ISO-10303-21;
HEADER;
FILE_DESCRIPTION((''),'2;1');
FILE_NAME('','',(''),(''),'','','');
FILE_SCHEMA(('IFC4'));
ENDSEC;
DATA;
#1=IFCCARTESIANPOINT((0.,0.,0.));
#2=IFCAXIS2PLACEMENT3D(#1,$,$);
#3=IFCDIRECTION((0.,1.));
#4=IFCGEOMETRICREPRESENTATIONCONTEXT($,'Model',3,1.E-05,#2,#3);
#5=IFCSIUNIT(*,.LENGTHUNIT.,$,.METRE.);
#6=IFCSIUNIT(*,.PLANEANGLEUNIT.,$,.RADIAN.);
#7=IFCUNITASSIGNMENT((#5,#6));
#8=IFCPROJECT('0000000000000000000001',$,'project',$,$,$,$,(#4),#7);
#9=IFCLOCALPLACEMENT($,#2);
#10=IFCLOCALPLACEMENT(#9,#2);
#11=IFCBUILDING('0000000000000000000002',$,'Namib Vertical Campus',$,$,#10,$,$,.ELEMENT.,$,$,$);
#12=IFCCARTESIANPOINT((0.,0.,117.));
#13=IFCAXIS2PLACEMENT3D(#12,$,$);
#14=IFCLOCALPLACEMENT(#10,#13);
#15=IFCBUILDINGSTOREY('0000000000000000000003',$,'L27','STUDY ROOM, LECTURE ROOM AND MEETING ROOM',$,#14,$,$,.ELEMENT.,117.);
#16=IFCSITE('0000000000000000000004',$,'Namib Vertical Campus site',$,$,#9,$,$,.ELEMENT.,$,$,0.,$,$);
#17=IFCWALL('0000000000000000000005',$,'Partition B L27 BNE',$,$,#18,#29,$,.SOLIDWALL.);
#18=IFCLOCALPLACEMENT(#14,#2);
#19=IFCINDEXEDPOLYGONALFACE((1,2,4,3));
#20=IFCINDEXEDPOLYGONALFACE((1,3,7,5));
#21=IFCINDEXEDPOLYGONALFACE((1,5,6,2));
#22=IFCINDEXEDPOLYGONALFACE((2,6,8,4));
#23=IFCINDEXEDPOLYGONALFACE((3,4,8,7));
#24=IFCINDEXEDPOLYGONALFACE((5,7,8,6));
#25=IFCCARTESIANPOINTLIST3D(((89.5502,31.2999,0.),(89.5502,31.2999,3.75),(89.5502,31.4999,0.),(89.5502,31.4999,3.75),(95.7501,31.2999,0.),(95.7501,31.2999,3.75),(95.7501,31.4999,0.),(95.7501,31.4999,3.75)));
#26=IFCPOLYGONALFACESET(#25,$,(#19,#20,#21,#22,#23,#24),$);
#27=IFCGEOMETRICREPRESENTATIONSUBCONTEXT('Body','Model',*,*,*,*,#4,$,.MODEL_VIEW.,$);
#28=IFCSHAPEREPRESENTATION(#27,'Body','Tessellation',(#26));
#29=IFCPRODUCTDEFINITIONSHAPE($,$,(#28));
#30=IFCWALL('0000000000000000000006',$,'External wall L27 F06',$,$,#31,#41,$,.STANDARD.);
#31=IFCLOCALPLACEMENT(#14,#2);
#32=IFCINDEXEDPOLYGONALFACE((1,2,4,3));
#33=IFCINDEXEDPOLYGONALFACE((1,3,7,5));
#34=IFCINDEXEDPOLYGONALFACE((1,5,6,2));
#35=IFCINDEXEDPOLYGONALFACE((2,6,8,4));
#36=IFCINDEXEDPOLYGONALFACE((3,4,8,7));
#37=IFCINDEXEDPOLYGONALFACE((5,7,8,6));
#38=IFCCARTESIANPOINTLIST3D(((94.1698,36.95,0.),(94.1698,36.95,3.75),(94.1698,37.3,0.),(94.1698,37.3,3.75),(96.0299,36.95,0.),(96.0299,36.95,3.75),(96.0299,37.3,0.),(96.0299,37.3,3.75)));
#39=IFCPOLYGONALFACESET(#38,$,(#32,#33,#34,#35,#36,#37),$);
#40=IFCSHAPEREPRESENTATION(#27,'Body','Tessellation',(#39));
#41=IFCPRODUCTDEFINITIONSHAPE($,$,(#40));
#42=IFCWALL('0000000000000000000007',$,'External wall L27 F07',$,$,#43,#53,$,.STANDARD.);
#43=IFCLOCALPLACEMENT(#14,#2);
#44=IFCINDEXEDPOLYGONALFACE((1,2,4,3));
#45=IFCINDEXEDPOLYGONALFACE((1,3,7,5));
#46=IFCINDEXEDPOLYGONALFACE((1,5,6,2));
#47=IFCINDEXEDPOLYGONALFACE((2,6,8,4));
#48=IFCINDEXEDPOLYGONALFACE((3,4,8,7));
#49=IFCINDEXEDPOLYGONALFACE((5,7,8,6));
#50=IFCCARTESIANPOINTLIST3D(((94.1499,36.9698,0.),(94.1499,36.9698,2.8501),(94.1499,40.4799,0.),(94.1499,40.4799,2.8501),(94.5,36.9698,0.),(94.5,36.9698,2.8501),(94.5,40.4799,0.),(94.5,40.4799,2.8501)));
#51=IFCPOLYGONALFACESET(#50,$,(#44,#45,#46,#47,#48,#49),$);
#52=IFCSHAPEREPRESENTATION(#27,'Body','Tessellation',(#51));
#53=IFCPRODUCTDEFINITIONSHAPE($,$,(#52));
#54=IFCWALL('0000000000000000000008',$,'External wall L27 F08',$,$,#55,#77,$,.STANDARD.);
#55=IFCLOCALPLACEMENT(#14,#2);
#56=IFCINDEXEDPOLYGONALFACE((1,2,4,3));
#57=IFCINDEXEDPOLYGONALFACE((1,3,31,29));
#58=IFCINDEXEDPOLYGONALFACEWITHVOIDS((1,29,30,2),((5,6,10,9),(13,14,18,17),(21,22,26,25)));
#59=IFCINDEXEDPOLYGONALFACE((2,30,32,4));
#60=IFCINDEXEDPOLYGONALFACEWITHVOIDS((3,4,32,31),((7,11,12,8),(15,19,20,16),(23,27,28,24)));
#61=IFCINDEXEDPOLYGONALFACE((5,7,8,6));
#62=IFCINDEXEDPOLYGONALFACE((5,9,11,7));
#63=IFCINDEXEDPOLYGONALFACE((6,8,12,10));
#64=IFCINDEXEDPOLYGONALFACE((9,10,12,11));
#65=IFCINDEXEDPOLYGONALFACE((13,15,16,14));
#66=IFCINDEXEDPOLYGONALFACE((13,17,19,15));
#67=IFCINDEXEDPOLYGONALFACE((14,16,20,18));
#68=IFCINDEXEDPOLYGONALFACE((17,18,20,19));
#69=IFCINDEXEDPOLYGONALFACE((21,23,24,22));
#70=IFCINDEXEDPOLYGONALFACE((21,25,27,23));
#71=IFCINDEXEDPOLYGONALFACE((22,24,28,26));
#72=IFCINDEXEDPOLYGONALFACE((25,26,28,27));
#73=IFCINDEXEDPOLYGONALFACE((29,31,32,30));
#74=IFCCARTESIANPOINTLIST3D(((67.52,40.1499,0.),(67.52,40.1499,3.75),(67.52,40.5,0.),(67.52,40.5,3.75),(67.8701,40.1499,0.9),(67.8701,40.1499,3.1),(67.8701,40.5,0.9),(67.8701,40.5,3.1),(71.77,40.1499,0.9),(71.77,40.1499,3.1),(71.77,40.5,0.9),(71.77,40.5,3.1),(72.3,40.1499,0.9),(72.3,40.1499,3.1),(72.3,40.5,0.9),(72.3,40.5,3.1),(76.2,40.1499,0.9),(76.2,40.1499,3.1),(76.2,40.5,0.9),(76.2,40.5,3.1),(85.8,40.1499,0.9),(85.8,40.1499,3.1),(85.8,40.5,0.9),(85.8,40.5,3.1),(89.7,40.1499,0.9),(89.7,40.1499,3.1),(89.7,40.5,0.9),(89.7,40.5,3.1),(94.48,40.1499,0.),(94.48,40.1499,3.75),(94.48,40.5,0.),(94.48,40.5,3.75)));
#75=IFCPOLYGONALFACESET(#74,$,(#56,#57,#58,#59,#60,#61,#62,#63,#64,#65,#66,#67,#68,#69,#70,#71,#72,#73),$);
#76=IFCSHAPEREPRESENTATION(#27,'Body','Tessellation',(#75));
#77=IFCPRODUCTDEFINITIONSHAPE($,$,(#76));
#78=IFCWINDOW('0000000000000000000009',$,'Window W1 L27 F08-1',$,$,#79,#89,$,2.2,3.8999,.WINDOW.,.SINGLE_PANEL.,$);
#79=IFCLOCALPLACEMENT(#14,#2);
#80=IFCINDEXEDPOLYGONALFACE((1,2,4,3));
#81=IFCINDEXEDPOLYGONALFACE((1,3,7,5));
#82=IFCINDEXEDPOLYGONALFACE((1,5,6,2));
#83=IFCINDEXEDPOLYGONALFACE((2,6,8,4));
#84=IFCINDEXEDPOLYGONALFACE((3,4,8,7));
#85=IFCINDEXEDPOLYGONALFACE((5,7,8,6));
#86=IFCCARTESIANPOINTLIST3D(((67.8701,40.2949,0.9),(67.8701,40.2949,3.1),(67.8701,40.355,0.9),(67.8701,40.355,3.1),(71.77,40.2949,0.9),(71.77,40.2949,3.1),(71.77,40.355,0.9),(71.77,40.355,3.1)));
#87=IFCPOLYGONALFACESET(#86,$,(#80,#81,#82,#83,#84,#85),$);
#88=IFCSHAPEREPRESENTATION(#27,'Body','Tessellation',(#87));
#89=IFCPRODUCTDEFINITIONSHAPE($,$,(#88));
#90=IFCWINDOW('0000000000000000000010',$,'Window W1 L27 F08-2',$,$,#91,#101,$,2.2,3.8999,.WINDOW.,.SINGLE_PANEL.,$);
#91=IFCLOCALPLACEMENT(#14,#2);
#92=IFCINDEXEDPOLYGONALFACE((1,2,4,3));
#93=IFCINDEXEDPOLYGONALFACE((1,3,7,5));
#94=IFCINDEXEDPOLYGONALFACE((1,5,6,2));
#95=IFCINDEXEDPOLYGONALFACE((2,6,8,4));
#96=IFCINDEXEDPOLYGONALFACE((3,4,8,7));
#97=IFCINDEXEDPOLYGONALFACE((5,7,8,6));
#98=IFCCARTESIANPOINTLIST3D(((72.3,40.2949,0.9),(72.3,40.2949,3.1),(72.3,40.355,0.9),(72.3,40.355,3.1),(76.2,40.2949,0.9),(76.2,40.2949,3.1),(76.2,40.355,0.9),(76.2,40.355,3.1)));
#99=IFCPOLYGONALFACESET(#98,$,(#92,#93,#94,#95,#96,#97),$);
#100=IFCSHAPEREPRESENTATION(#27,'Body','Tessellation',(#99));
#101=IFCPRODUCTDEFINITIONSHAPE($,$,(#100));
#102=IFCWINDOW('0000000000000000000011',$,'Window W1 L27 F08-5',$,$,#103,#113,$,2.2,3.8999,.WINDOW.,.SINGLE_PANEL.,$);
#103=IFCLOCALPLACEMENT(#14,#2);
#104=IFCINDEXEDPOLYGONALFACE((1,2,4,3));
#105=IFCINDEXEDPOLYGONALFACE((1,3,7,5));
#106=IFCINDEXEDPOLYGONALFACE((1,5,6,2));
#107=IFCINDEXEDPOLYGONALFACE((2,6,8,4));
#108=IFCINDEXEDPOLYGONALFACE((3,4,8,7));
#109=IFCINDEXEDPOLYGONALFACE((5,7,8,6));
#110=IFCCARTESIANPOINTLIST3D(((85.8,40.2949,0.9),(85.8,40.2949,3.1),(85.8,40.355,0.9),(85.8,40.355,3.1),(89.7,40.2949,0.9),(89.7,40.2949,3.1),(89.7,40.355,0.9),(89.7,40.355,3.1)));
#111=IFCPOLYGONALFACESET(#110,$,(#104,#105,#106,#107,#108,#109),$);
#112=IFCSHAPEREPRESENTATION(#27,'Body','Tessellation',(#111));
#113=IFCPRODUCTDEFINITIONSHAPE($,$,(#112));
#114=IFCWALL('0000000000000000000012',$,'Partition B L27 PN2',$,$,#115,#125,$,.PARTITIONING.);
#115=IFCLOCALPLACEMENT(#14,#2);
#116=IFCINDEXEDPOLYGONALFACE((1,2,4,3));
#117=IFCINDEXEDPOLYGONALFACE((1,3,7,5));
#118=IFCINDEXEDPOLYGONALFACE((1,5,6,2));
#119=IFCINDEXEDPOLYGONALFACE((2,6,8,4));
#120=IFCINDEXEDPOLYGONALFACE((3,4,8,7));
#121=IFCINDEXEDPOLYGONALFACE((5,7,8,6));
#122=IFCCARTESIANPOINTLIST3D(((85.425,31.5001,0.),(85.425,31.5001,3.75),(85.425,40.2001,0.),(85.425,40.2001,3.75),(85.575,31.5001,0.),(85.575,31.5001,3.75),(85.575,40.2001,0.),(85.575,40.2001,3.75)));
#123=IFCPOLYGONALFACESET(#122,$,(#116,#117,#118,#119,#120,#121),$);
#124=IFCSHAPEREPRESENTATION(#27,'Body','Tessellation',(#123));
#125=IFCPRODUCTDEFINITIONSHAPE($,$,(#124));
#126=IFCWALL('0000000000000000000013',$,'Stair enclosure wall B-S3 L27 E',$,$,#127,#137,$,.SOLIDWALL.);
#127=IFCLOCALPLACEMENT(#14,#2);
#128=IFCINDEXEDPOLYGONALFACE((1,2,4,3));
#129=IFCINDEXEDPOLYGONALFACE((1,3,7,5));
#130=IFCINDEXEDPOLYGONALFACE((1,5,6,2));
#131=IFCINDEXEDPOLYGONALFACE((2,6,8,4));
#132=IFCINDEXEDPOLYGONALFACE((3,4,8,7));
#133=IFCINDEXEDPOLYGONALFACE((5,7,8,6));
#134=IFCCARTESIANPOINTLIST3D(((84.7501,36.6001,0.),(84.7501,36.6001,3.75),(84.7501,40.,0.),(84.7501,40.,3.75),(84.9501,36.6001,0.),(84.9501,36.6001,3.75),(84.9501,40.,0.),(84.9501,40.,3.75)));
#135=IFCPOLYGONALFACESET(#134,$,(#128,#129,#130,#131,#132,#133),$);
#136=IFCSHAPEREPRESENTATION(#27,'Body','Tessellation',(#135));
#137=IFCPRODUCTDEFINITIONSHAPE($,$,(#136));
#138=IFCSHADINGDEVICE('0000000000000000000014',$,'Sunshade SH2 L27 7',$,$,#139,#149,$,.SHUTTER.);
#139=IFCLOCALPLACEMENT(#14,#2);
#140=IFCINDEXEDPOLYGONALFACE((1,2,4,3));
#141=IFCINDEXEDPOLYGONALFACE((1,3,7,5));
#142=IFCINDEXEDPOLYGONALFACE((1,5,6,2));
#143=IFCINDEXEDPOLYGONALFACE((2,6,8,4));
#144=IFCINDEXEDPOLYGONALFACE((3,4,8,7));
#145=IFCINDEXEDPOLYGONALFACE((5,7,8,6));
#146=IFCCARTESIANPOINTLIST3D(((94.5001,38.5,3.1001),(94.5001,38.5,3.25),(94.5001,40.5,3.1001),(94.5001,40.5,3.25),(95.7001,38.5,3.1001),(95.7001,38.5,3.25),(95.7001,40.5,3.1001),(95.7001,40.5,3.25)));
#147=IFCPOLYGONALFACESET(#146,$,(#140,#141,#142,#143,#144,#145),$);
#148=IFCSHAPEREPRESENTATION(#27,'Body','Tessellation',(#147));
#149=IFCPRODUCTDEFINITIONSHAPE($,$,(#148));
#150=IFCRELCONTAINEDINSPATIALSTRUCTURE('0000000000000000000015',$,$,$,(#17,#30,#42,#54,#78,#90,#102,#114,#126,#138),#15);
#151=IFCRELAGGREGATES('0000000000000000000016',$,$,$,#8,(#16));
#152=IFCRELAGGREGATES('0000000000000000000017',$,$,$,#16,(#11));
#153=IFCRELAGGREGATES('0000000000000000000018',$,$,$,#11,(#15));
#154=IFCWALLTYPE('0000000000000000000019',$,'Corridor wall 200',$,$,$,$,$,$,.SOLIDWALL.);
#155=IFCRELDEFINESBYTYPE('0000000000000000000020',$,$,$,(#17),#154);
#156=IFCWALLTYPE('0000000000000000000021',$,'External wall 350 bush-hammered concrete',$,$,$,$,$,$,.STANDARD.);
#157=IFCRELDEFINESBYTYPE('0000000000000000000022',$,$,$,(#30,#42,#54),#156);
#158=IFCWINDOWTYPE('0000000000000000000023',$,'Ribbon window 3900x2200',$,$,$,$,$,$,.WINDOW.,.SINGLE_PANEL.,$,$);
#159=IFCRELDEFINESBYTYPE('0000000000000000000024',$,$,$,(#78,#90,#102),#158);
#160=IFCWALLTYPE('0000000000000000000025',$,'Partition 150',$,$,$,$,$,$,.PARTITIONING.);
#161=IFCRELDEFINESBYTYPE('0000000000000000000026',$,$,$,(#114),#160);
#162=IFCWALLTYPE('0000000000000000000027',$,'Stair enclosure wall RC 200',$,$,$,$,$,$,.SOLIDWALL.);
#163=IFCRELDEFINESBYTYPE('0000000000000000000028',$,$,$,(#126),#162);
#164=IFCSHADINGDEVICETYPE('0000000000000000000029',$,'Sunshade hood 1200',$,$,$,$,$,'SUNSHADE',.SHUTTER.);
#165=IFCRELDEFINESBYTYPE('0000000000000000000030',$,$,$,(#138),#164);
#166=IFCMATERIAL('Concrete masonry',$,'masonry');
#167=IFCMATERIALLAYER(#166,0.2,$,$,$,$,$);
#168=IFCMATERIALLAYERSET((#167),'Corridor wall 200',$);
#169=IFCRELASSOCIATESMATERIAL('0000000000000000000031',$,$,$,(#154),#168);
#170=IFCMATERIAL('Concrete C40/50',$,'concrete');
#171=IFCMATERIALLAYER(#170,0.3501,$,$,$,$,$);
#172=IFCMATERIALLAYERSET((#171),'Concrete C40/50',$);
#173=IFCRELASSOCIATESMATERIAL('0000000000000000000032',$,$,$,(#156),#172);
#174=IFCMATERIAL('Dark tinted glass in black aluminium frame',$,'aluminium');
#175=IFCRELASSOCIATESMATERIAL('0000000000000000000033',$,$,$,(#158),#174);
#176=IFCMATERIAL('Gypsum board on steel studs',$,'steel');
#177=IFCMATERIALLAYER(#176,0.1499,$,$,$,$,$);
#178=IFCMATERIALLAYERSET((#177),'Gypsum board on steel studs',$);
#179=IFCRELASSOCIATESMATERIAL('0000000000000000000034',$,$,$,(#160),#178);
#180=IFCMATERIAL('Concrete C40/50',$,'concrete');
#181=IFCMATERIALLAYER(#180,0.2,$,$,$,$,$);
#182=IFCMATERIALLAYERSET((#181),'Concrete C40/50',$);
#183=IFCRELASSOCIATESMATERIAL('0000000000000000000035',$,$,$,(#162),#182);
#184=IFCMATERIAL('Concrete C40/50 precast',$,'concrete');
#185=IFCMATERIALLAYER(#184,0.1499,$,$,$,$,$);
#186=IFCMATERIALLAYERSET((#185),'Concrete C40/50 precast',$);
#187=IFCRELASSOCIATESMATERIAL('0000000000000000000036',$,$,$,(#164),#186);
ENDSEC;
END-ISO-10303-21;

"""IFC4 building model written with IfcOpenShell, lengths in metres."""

from ifc_helpers import new_model, si_unit, direction, frame, frame_2d, origin, origin_2d, place, context, subcontext, project, spatial, rectangle, extrude, material, layer, layer_set, type_object, element, fill, save


model = new_model("IFC4")

# Units and contexts
model_context = context("Model", 3, precision=1e-05, world=origin(), true_north=direction((0.0, 1.0)))
body_context = subcontext(model_context, "Body", "Model", "MODEL_VIEW")
ifc_project = project(units=[si_unit("LENGTHUNIT", "METRE"), si_unit("PLANEANGLEUNIT", "RADIAN")], contexts=[model_context])

# Site, building, storey
site_placement = place(None, origin())
site = spatial("IfcSite", under=ifc_project, at=site_placement, Name="Namib Vertical Campus site", CompositionType="ELEMENT", RefElevation=0.0)
building_placement = place(site_placement, origin())
building = spatial("IfcBuilding", under=site, at=building_placement, Name="Namib Vertical Campus", CompositionType="ELEMENT")
storey_placement = place(building_placement, frame((0.0, 0.0, 117.0)))
storey = spatial("IfcBuildingStorey", under=building, at=storey_placement, Name="L27", Description="STUDY ROOM, LECTURE ROOM AND MEETING ROOM", CompositionType="ELEMENT", Elevation=117.0)

# Shared definitions
ifc_material_1 = material(Name="Concrete masonry", Category="masonry")
ifc_layer_1 = layer(ifc_material_1, 0.2)
ifc_layer_set_1 = layer_set([ifc_layer_1], Name="Corridor wall 200")
wall_type_1 = type_object("IfcWallType", Name="Corridor wall 200", PredefinedType="SOLIDWALL", material=ifc_layer_set_1)

# Walls
wall_1_placement = place(storey_placement, frame((89.55, 31.3999, 0.0), z_axis=(0.0, 0.0, 1.0), x_axis=(1.0, 0.0, 0.0)))
element("IfcWall", 1, at=wall_1_placement, inside=storey, type_object=wall_type_1, Name="Partition B L27 BNE", PredefinedType="SOLIDWALL", context=body_context, shape_type="SweptSolid", body=[
    extrude(rectangle(XDim=6.2, YDim=0.2, at=frame_2d((3.1001, 0.0))), origin(), (0.0, 0.0, 1.0), 3.75),
])
ifc_material_2 = material(Name="Concrete C40/50", Category="concrete")
ifc_layer_2 = layer(ifc_material_2, 0.3501)
ifc_layer_set_2 = layer_set([ifc_layer_2], Name="Concrete C40/50")
wall_type_2 = type_object("IfcWallType", Name="External wall 350 bush-hammered concrete", PredefinedType="STANDARD", material=ifc_layer_set_2)
wall_2_placement = place(storey_placement, frame((96.03, 37.125, 0.0), z_axis=(0.0, 0.0, 1.0), x_axis=(-1.0, 0.0, 0.0)))
element("IfcWall", 2, at=wall_2_placement, inside=storey, type_object=wall_type_2, Name="External wall L27 F06", PredefinedType="STANDARD", context=body_context, shape_type="SweptSolid", body=[
    extrude(rectangle(XDim=1.8601, YDim=0.3501, at=frame_2d((0.9302, 0.0))), origin(), (0.0, 0.0, 1.0), 3.75),
])
wall_3_placement = place(storey_placement, frame((94.325, 36.97, 0.0), z_axis=(0.0, 0.0, 1.0), x_axis=(0.0, 1.0, 0.0)))
element("IfcWall", 3, at=wall_3_placement, inside=storey, type_object=wall_type_2, Name="External wall L27 F07", PredefinedType="STANDARD", context=body_context, shape_type="SweptSolid", body=[
    extrude(rectangle(XDim=3.51, YDim=0.3501, at=frame_2d((1.7549, 0.0))), origin(), (0.0, 0.0, 1.0), 2.8501),
])

# Wall, openings, windows
wall_4_placement = place(storey_placement, frame((94.48, 40.325, 0.0), z_axis=(0.0, 0.0, 1.0), x_axis=(-1.0, 0.0, 0.0)))
wall_4 = element("IfcWall", 4, at=wall_4_placement, inside=storey, type_object=wall_type_2, Name="External wall L27 F08", PredefinedType="STANDARD", context=body_context, shape_type="SweptSolid", body=[
    extrude(rectangle(XDim=26.96, YDim=0.3501, at=frame_2d((13.48, 0.0))), origin(), (0.0, 0.0, 1.0), 3.75),
])
opening_1_placement = place(wall_4_placement, frame((22.71, 0.0, 0.8999)))
opening_1 = element("IfcOpeningElement", 5, at=opening_1_placement, cuts=wall_4, PredefinedType="OPENING", context=body_context, shape_type="SweptSolid", body=[
    extrude(rectangle(XDim=3.8999, YDim=2.2, at=frame_2d((1.95, 1.1001))), frame((0.0, 0.1851, 0.0), z_axis=(0.0, -1.0, 0.0), x_axis=(1.0, 0.0, 0.0)), (0.0, 0.0, 1.0), 0.3701),
])
opening_2_placement = place(wall_4_placement, frame((18.28, 0.0, 0.8999)))
opening_2 = element("IfcOpeningElement", 6, at=opening_2_placement, cuts=wall_4, PredefinedType="OPENING", context=body_context, shape_type="SweptSolid", body=[
    extrude(rectangle(XDim=3.8999, YDim=2.2, at=frame_2d((1.95, 1.1001))), frame((0.0, 0.1851, 0.0), z_axis=(0.0, -1.0, 0.0), x_axis=(1.0, 0.0, 0.0)), (0.0, 0.0, 1.0), 0.3701),
])
opening_3_placement = place(wall_4_placement, frame((4.78, 0.0, 0.8999)))
opening_3 = element("IfcOpeningElement", 7, at=opening_3_placement, cuts=wall_4, PredefinedType="OPENING", context=body_context, shape_type="SweptSolid", body=[
    extrude(rectangle(XDim=3.8999, YDim=2.2, at=frame_2d((1.95, 1.1001))), frame((0.0, 0.1851, 0.0), z_axis=(0.0, -1.0, 0.0), x_axis=(1.0, 0.0, 0.0)), (0.0, 0.0, 1.0), 0.3701),
])
ifc_material_3 = material(Name="Dark tinted glass in black aluminium frame", Category="aluminium")
window_type = type_object("IfcWindowType", Name="Ribbon window 3900x2200", PartitioningType="SINGLE_PANEL", PredefinedType="WINDOW", material=ifc_material_3)
window_1_placement = place(opening_1_placement, origin())
window_1 = element("IfcWindow", 8, at=window_1_placement, inside=storey, type_object=window_type, Name="Window W1 L27 F08-1", OverallHeight=2.2, OverallWidth=3.8999, PartitioningType="SINGLE_PANEL", PredefinedType="WINDOW", context=body_context, shape_type="SweptSolid", body=[
    extrude(rectangle(XDim=3.8999, YDim=2.2, at=frame_2d((1.95, 1.1001))), frame((0.0, 0.03, 0.0), z_axis=(0.0, -1.0, 0.0), x_axis=(1.0, 0.0, 0.0)), (0.0, 0.0, 1.0), 0.0601),
])
fill(opening_1, window_1)
window_2_placement = place(opening_2_placement, origin())
window_2 = element("IfcWindow", 9, at=window_2_placement, inside=storey, type_object=window_type, Name="Window W1 L27 F08-2", OverallHeight=2.2, OverallWidth=3.8999, PartitioningType="SINGLE_PANEL", PredefinedType="WINDOW", context=body_context, shape_type="SweptSolid", body=[
    extrude(rectangle(XDim=3.8999, YDim=2.2, at=frame_2d((1.95, 1.1001))), frame((0.0, 0.03, 0.0), z_axis=(0.0, -1.0, 0.0), x_axis=(1.0, 0.0, 0.0)), (0.0, 0.0, 1.0), 0.0601),
])
fill(opening_2, window_2)
window_3_placement = place(opening_3_placement, origin())
window_3 = element("IfcWindow", 10, at=window_3_placement, inside=storey, type_object=window_type, Name="Window W1 L27 F08-5", OverallHeight=2.2, OverallWidth=3.8999, PartitioningType="SINGLE_PANEL", PredefinedType="WINDOW", context=body_context, shape_type="SweptSolid", body=[
    extrude(rectangle(XDim=3.8999, YDim=2.2, at=frame_2d((1.95, 1.1001))), frame((0.0, 0.03, 0.0), z_axis=(0.0, -1.0, 0.0), x_axis=(1.0, 0.0, 0.0)), (0.0, 0.0, 1.0), 0.0601),
])
fill(opening_3, window_3)

# Walls
ifc_material_4 = material(Name="Gypsum board on steel studs", Category="steel")
ifc_layer_3 = layer(ifc_material_4, 0.1499)
ifc_layer_set_3 = layer_set([ifc_layer_3], Name="Gypsum board on steel studs")
wall_type_3 = type_object("IfcWallType", Name="Partition 150", PredefinedType="PARTITIONING", material=ifc_layer_set_3)
wall_5_placement = place(storey_placement, frame((85.5, 31.5, 0.0), z_axis=(0.0, 0.0, 1.0), x_axis=(0.0, 1.0, 0.0)))
element("IfcWall", 11, at=wall_5_placement, inside=storey, type_object=wall_type_3, Name="Partition B L27 PN2", PredefinedType="PARTITIONING", context=body_context, shape_type="SweptSolid", body=[
    extrude(rectangle(XDim=8.7, YDim=0.1499, at=frame_2d((4.3501, 0.0))), origin(), (0.0, 0.0, 1.0), 3.75),
])
ifc_material_5 = material(Name="Concrete C40/50", Category="concrete")
ifc_layer_4 = layer(ifc_material_5, 0.2)
ifc_layer_set_4 = layer_set([ifc_layer_4], Name="Concrete C40/50")
wall_type_4 = type_object("IfcWallType", Name="Stair enclosure wall RC 200", PredefinedType="SOLIDWALL", material=ifc_layer_set_4)
wall_6_placement = place(storey_placement, frame((84.8501, 36.6001, 0.0), z_axis=(0.0, 0.0, 1.0), x_axis=(0.0, 1.0, 0.0)))
element("IfcWall", 12, at=wall_6_placement, inside=storey, type_object=wall_type_4, Name="Stair enclosure wall B-S3 L27 E", PredefinedType="SOLIDWALL", context=body_context, shape_type="SweptSolid", body=[
    extrude(rectangle(XDim=3.3999, YDim=0.2, at=frame_2d((1.7, 0.0))), origin(), (0.0, 0.0, 1.0), 3.75),
])

# Shading device
ifc_material_6 = material(Name="Concrete C40/50 precast", Category="concrete")
ifc_layer_5 = layer(ifc_material_6, 0.1499)
ifc_layer_set_5 = layer_set([ifc_layer_5], Name="Concrete C40/50 precast")
shading_device_type = type_object("IfcShadingDeviceType", Name="Sunshade hood 1200", ElementType="SUNSHADE", PredefinedType="SHUTTER", material=ifc_layer_set_5)
shading_device_placement = place(storey_placement, frame((95.1001, 39.5, 3.1001), z_axis=(0.0, 0.0, 1.0), x_axis=(0.0, 1.0, 0.0)))
element("IfcShadingDevice", 13, at=shading_device_placement, inside=storey, type_object=shading_device_type, Name="Sunshade SH2 L27 7", PredefinedType="SHUTTER", context=body_context, shape_type="SweptSolid", body=[
    extrude(rectangle(XDim=2.0, YDim=1.2, at=origin_2d()), origin(), (0.0, 0.0, 1.0), 0.1499),
])

save(model, "model.ifc")
